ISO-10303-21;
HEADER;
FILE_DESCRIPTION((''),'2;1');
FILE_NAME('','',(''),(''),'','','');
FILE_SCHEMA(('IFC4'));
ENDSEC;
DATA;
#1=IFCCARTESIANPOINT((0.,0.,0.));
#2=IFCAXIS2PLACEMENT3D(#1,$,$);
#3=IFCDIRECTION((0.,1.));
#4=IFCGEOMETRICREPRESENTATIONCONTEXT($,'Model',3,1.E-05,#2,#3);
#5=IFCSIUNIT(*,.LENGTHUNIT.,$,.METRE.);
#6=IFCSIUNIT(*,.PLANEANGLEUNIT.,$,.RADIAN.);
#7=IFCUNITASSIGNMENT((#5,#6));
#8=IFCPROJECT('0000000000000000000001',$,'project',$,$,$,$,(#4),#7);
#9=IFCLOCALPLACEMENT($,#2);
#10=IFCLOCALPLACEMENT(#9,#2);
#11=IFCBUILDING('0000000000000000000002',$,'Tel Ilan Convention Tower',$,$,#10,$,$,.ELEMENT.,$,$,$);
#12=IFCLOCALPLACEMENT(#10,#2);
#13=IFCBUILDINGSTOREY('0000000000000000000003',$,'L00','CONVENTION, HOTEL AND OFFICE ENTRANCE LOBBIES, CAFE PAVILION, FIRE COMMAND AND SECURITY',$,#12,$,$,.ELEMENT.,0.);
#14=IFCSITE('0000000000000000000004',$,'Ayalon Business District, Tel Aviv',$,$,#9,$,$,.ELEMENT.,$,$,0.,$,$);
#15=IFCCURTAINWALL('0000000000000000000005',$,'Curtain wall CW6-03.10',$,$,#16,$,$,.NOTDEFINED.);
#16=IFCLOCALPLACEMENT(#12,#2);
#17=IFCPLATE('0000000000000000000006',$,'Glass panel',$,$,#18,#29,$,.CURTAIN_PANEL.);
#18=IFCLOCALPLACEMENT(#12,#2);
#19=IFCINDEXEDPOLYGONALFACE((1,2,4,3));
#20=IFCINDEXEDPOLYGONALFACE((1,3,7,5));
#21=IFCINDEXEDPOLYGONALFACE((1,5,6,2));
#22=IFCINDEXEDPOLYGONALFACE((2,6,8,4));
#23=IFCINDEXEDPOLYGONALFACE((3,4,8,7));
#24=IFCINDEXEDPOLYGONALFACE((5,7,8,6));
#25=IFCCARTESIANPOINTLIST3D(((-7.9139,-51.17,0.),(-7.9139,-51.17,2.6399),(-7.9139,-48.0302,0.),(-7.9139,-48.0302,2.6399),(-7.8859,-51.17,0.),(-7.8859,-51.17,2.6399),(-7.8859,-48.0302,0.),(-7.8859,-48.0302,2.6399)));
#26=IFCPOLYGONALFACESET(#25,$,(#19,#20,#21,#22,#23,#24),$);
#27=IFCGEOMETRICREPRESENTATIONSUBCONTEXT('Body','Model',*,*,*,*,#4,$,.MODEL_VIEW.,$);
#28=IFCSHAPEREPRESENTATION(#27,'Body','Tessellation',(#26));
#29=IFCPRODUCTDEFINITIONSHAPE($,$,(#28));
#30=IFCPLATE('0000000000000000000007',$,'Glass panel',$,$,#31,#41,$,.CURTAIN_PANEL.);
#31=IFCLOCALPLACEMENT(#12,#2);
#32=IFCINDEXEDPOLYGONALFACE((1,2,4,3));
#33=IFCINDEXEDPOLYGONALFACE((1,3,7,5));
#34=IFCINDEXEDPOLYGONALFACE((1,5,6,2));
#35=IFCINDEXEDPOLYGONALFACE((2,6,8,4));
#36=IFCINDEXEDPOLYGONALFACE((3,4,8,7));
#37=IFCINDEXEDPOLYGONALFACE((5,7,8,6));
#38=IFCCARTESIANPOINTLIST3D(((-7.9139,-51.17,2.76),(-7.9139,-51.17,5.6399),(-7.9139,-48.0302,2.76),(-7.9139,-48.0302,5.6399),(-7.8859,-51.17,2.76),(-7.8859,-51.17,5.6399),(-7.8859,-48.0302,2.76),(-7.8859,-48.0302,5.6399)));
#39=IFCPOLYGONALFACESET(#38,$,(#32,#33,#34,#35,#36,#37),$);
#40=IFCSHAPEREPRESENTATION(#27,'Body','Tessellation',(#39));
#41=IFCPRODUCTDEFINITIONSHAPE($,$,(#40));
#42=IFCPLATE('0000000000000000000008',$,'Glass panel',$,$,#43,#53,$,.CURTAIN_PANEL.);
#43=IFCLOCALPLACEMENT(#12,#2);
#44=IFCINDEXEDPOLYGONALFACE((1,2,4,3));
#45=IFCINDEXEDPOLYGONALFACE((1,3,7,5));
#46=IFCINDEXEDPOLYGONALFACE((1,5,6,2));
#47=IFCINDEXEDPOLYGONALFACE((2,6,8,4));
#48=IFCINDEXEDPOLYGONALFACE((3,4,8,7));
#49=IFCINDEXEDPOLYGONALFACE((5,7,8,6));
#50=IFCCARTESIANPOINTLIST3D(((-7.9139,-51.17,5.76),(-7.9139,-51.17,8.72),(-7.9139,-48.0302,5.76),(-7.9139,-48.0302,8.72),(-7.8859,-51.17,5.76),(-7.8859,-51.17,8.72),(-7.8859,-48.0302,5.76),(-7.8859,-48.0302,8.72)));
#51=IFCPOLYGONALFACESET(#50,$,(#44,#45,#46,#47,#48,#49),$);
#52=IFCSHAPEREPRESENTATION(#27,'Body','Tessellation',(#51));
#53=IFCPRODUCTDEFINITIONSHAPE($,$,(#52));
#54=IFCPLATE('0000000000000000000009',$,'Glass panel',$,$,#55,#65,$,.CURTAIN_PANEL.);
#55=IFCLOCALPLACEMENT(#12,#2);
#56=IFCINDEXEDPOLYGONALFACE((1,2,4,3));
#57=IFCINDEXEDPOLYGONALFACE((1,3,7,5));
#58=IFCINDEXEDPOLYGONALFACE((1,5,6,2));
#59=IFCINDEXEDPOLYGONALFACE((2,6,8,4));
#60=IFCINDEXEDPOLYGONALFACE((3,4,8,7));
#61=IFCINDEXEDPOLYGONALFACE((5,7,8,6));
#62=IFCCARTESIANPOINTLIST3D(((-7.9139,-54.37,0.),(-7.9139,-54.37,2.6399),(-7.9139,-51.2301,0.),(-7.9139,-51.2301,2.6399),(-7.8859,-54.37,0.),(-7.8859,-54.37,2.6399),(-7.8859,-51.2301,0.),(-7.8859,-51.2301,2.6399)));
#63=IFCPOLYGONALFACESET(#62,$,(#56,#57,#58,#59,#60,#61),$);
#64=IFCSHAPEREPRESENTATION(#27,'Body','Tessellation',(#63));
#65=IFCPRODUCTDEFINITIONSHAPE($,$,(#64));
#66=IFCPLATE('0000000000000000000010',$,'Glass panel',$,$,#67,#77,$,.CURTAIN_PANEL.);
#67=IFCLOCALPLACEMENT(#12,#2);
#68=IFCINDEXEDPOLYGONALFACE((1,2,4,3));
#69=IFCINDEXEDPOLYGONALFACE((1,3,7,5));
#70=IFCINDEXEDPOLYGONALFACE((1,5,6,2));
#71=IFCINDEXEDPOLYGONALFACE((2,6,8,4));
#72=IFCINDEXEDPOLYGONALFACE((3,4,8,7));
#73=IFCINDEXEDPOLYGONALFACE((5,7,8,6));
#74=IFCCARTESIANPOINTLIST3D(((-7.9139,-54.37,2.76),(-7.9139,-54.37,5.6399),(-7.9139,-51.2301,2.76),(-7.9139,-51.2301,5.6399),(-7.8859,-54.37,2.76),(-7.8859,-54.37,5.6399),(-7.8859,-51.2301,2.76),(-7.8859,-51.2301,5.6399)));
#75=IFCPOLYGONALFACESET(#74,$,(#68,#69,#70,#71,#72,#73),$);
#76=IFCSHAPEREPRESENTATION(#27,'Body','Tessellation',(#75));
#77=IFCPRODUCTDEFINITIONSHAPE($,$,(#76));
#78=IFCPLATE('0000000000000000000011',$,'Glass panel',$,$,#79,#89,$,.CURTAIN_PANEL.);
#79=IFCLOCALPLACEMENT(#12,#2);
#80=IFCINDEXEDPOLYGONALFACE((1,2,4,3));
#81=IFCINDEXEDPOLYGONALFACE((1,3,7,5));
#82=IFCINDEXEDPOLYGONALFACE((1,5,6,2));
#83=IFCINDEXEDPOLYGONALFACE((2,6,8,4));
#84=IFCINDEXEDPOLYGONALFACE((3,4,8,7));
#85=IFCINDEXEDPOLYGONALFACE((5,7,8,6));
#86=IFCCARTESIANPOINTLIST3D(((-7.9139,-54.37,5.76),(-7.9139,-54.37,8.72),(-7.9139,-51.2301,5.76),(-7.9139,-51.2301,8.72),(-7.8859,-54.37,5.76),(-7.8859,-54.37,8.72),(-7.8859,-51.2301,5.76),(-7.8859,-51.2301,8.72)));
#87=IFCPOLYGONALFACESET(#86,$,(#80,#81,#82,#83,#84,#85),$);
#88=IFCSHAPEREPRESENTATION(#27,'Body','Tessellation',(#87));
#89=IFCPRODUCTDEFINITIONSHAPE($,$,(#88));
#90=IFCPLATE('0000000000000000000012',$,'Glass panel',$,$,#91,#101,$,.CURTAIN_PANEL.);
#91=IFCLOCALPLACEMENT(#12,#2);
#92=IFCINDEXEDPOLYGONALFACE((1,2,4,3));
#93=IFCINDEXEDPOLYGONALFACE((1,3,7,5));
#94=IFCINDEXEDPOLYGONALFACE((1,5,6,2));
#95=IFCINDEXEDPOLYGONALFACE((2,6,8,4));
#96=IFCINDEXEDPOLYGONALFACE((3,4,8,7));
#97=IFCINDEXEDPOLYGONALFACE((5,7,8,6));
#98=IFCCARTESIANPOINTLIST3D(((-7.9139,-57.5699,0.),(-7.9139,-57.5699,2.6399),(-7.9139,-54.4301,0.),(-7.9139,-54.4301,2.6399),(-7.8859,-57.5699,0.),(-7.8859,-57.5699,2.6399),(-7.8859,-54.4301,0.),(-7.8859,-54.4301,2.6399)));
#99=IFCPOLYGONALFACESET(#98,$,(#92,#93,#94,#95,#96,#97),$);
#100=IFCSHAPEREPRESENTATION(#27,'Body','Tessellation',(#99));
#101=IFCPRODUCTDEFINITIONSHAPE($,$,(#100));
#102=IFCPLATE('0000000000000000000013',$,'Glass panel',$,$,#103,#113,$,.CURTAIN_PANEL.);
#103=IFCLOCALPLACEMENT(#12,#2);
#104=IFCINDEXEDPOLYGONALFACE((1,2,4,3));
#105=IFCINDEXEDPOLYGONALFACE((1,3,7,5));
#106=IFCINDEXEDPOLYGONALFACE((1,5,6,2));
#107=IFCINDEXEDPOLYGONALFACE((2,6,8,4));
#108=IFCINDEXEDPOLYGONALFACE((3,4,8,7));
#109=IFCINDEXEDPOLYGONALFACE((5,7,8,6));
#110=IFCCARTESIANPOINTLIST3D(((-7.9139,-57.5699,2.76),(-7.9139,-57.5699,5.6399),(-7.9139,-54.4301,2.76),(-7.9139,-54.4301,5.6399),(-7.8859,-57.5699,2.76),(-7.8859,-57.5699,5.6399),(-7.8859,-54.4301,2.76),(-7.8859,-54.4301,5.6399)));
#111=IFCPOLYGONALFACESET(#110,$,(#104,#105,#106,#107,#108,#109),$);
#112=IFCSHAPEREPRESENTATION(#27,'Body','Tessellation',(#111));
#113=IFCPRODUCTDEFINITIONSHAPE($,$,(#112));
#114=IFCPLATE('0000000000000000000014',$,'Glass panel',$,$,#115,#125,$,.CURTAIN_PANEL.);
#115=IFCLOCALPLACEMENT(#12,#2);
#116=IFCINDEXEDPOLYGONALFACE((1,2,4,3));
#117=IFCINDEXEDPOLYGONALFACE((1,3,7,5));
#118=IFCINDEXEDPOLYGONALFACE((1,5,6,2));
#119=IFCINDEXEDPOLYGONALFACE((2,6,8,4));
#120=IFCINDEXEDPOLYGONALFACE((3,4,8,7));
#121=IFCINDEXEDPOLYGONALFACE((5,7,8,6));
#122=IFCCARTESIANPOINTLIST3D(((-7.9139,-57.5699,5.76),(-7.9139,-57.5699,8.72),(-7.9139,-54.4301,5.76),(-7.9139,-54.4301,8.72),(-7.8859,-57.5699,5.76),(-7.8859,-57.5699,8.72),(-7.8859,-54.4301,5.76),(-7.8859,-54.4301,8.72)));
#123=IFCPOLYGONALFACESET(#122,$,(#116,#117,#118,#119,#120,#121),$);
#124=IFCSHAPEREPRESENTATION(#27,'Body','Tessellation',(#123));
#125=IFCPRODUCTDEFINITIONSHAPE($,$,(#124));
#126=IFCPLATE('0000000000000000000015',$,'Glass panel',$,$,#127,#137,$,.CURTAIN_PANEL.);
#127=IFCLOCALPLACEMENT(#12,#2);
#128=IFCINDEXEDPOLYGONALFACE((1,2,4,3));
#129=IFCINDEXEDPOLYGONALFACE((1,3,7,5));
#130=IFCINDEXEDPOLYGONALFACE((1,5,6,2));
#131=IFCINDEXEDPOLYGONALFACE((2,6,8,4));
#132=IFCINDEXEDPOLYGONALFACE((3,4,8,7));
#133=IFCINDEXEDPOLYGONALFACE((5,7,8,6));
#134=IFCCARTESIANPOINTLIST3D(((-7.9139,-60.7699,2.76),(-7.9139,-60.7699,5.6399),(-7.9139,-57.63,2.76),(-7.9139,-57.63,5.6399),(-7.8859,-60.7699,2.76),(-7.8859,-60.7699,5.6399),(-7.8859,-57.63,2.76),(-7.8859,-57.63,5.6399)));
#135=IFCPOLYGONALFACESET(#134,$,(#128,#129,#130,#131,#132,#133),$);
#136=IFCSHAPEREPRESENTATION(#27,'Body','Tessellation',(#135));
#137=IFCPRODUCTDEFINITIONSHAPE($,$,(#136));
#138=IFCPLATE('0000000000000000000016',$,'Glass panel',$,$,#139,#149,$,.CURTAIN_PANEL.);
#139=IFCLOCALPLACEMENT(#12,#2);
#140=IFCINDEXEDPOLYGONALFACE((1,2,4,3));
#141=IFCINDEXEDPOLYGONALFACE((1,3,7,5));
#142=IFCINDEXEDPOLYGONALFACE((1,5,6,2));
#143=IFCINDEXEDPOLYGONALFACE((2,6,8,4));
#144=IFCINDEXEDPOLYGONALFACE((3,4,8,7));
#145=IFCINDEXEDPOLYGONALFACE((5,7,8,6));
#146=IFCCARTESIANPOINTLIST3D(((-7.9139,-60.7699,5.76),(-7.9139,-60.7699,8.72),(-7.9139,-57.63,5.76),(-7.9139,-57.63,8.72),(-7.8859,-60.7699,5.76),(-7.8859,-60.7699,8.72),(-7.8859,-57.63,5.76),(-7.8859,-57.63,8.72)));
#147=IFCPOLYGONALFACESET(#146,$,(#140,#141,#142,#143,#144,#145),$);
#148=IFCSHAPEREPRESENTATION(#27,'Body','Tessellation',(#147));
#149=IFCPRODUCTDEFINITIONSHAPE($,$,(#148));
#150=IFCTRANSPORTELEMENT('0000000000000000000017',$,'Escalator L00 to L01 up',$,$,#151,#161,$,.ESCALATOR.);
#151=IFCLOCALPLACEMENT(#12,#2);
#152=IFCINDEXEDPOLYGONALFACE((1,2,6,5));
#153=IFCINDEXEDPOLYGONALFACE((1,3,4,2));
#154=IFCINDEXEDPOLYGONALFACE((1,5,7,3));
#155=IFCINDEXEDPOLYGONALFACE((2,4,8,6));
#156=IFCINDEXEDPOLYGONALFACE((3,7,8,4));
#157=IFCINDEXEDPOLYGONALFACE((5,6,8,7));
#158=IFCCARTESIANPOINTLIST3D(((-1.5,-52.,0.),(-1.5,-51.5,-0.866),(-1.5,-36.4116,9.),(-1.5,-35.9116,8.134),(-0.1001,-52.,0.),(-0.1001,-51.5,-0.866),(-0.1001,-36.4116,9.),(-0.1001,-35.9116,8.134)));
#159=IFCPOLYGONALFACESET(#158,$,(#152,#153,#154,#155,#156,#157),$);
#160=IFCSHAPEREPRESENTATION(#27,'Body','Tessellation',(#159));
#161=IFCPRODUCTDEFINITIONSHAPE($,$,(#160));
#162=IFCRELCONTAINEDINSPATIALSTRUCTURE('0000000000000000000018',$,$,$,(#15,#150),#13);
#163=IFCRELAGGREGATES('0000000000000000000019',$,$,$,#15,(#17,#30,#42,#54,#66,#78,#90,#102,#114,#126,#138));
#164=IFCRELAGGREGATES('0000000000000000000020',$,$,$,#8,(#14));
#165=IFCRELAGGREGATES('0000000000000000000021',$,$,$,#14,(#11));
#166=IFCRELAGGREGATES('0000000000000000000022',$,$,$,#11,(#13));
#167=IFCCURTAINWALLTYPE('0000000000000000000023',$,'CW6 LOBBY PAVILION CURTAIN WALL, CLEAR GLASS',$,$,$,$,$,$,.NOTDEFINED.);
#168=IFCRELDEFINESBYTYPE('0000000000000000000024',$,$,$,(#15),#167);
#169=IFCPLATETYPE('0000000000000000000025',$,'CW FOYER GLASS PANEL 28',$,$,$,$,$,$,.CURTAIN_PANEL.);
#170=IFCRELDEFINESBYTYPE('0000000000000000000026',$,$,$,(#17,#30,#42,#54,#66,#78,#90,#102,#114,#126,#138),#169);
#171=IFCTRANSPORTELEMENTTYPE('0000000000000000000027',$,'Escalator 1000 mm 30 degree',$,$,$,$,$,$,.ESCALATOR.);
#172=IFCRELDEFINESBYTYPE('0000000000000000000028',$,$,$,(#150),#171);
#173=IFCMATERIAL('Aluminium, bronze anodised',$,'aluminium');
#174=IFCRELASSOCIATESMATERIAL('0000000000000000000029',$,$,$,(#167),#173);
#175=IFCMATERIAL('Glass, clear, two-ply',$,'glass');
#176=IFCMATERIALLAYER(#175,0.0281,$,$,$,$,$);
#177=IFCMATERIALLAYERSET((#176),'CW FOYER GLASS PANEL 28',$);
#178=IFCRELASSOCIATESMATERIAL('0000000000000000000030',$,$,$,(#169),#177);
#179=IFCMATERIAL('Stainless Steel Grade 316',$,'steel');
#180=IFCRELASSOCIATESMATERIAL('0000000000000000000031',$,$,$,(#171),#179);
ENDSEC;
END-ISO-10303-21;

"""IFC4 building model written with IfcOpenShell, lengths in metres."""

from ifc_helpers import new_model, si_unit, direction, frame, origin, origin_2d, place, context, subcontext, project, spatial, polyline, rectangle, outline, extrude, material, layer, layer_set, type_object, element, aggregate, save


model = new_model("IFC4")

# Units and contexts
model_context = context("Model", 3, precision=1e-05, world=origin(), true_north=direction((0.0, 1.0)))
body_context = subcontext(model_context, "Body", "Model", "MODEL_VIEW")
ifc_project = project(units=[si_unit("LENGTHUNIT", "METRE"), si_unit("PLANEANGLEUNIT", "RADIAN")], contexts=[model_context])

# Site, building, storey
site_placement = place(None, origin())
site = spatial("IfcSite", under=ifc_project, at=site_placement, Name="Ayalon Business District, Tel Aviv", CompositionType="ELEMENT", RefElevation=0.0)
building_placement = place(site_placement, origin())
building = spatial("IfcBuilding", under=site, at=building_placement, Name="Tel Ilan Convention Tower", CompositionType="ELEMENT")
storey_placement = place(building_placement, origin())
storey = spatial("IfcBuildingStorey", under=building, at=storey_placement, Name="L00", Description="CONVENTION, HOTEL AND OFFICE ENTRANCE LOBBIES, CAFE PAVILION, FIRE COMMAND AND SECURITY", CompositionType="ELEMENT", Elevation=0.0)

# Curtain wall
ifc_material_1 = material(Name="Aluminium, bronze anodised", Category="aluminium")
curtain_wall_type = type_object("IfcCurtainWallType", Name="CW6 LOBBY PAVILION CURTAIN WALL, CLEAR GLASS", PredefinedType="NOTDEFINED", material=ifc_material_1)
curtain_wall_1_placement = place(storey_placement, origin())
curtain_wall_1 = element("IfcCurtainWall", 1, at=curtain_wall_1_placement, inside=storey, type_object=curtain_wall_type, Name="Curtain wall CW6-03.10", PredefinedType="NOTDEFINED")

# Plates
ifc_material_2 = material(Name="Glass, clear, two-ply", Category="glass")
ifc_layer = layer(ifc_material_2, 0.0281)
ifc_layer_set = layer_set([ifc_layer], Name="CW FOYER GLASS PANEL 28")
plate_type = type_object("IfcPlateType", Name="CW FOYER GLASS PANEL 28", PredefinedType="CURTAIN_PANEL", material=ifc_layer_set)
plate_1_placement = place(storey_placement, frame((-7.8999, -49.6001, 0.0), z_axis=(0.0, 0.0, 1.0), x_axis=(0.0, -1.0, 0.0)))
plate_1 = element("IfcPlate", 2, at=plate_1_placement, type_object=plate_type, Name="Glass panel", PredefinedType="CURTAIN_PANEL", context=body_context, shape_type="SweptSolid", body=[
    extrude(rectangle(XDim=3.1399, YDim=0.0281, at=origin_2d()), origin(), (0.0, 0.0, 1.0), 2.6399),
])
plate_2_placement = place(storey_placement, frame((-7.8999, -49.6001, 2.76), z_axis=(0.0, 0.0, 1.0), x_axis=(0.0, -1.0, 0.0)))
plate_2 = element("IfcPlate", 3, at=plate_2_placement, type_object=plate_type, Name="Glass panel", PredefinedType="CURTAIN_PANEL", context=body_context, shape_type="SweptSolid", body=[
    extrude(rectangle(XDim=3.1399, YDim=0.0281, at=origin_2d()), origin(), (0.0, 0.0, 1.0), 2.8799),
])
plate_3_placement = place(storey_placement, frame((-7.8999, -49.6001, 5.76), z_axis=(0.0, 0.0, 1.0), x_axis=(0.0, -1.0, 0.0)))
plate_3 = element("IfcPlate", 4, at=plate_3_placement, type_object=plate_type, Name="Glass panel", PredefinedType="CURTAIN_PANEL", context=body_context, shape_type="SweptSolid", body=[
    extrude(rectangle(XDim=3.1399, YDim=0.0281, at=origin_2d()), origin(), (0.0, 0.0, 1.0), 2.96),
])
plate_4_placement = place(storey_placement, frame((-7.8999, -52.8, 0.0), z_axis=(0.0, 0.0, 1.0), x_axis=(0.0, -1.0, 0.0)))
plate_4 = element("IfcPlate", 5, at=plate_4_placement, type_object=plate_type, Name="Glass panel", PredefinedType="CURTAIN_PANEL", context=body_context, shape_type="SweptSolid", body=[
    extrude(rectangle(XDim=3.1399, YDim=0.0281, at=origin_2d()), origin(), (0.0, 0.0, 1.0), 2.6399),
])
plate_5_placement = place(storey_placement, frame((-7.8999, -52.8, 2.76), z_axis=(0.0, 0.0, 1.0), x_axis=(0.0, -1.0, 0.0)))
plate_5 = element("IfcPlate", 6, at=plate_5_placement, type_object=plate_type, Name="Glass panel", PredefinedType="CURTAIN_PANEL", context=body_context, shape_type="SweptSolid", body=[
    extrude(rectangle(XDim=3.1399, YDim=0.0281, at=origin_2d()), origin(), (0.0, 0.0, 1.0), 2.8799),
])
plate_6_placement = place(storey_placement, frame((-7.8999, -52.8, 5.76), z_axis=(0.0, 0.0, 1.0), x_axis=(0.0, -1.0, 0.0)))
plate_6 = element("IfcPlate", 7, at=plate_6_placement, type_object=plate_type, Name="Glass panel", PredefinedType="CURTAIN_PANEL", context=body_context, shape_type="SweptSolid", body=[
    extrude(rectangle(XDim=3.1399, YDim=0.0281, at=origin_2d()), origin(), (0.0, 0.0, 1.0), 2.96),
])
plate_7_placement = place(storey_placement, frame((-7.8999, -56.0, 0.0), z_axis=(0.0, 0.0, 1.0), x_axis=(0.0, -1.0, 0.0)))
plate_7 = element("IfcPlate", 8, at=plate_7_placement, type_object=plate_type, Name="Glass panel", PredefinedType="CURTAIN_PANEL", context=body_context, shape_type="SweptSolid", body=[
    extrude(rectangle(XDim=3.1399, YDim=0.0281, at=origin_2d()), origin(), (0.0, 0.0, 1.0), 2.6399),
])
plate_8_placement = place(storey_placement, frame((-7.8999, -56.0, 2.76), z_axis=(0.0, 0.0, 1.0), x_axis=(0.0, -1.0, 0.0)))
plate_8 = element("IfcPlate", 9, at=plate_8_placement, type_object=plate_type, Name="Glass panel", PredefinedType="CURTAIN_PANEL", context=body_context, shape_type="SweptSolid", body=[
    extrude(rectangle(XDim=3.1399, YDim=0.0281, at=origin_2d()), origin(), (0.0, 0.0, 1.0), 2.8799),
])
plate_9_placement = place(storey_placement, frame((-7.8999, -56.0, 5.76), z_axis=(0.0, 0.0, 1.0), x_axis=(0.0, -1.0, 0.0)))
plate_9 = element("IfcPlate", 10, at=plate_9_placement, type_object=plate_type, Name="Glass panel", PredefinedType="CURTAIN_PANEL", context=body_context, shape_type="SweptSolid", body=[
    extrude(rectangle(XDim=3.1399, YDim=0.0281, at=origin_2d()), origin(), (0.0, 0.0, 1.0), 2.96),
])
plate_10_placement = place(storey_placement, frame((-7.8999, -59.2, 2.76), z_axis=(0.0, 0.0, 1.0), x_axis=(0.0, -1.0, 0.0)))
plate_10 = element("IfcPlate", 11, at=plate_10_placement, type_object=plate_type, Name="Glass panel", PredefinedType="CURTAIN_PANEL", context=body_context, shape_type="SweptSolid", body=[
    extrude(rectangle(XDim=3.1399, YDim=0.0281, at=origin_2d()), origin(), (0.0, 0.0, 1.0), 2.8799),
])
plate_11_placement = place(storey_placement, frame((-7.8999, -59.2, 5.76), z_axis=(0.0, 0.0, 1.0), x_axis=(0.0, -1.0, 0.0)))
plate_11 = element("IfcPlate", 12, at=plate_11_placement, type_object=plate_type, Name="Glass panel", PredefinedType="CURTAIN_PANEL", context=body_context, shape_type="SweptSolid", body=[
    extrude(rectangle(XDim=3.1399, YDim=0.0281, at=origin_2d()), origin(), (0.0, 0.0, 1.0), 2.96),
])
aggregate(curtain_wall_1, [plate_1, plate_2, plate_3, plate_4, plate_5, plate_6, plate_7, plate_8, plate_9, plate_10, plate_11])

# Transport element
ifc_material_3 = material(Name="Stainless Steel Grade 316", Category="steel")
transport_element_type = type_object("IfcTransportElementType", Name="Escalator 1000 mm 30 degree", PredefinedType="ESCALATOR", material=ifc_material_3)
transport_element_placement = place(storey_placement, frame((-1.5, -52.0, 0.0), z_axis=(0.0, -0.500002, 0.866024), x_axis=(1.0, 0.0, 0.0)))
element("IfcTransportElement", 13, at=transport_element_placement, inside=storey, type_object=transport_element_type, Name="Escalator L00 to L01 up", PredefinedType="ESCALATOR", context=body_context, shape_type="SweptSolid", body=[
    extrude(outline(polyline([(0.0, 0.0), (1.3999, 0.0), (1.3999, 17.9999), (0.0, 17.9999), (0.0, 0.0)])), origin(), (0.0, 0.0, -1.0), 1.0),
])

save(model, "model.ifc")
